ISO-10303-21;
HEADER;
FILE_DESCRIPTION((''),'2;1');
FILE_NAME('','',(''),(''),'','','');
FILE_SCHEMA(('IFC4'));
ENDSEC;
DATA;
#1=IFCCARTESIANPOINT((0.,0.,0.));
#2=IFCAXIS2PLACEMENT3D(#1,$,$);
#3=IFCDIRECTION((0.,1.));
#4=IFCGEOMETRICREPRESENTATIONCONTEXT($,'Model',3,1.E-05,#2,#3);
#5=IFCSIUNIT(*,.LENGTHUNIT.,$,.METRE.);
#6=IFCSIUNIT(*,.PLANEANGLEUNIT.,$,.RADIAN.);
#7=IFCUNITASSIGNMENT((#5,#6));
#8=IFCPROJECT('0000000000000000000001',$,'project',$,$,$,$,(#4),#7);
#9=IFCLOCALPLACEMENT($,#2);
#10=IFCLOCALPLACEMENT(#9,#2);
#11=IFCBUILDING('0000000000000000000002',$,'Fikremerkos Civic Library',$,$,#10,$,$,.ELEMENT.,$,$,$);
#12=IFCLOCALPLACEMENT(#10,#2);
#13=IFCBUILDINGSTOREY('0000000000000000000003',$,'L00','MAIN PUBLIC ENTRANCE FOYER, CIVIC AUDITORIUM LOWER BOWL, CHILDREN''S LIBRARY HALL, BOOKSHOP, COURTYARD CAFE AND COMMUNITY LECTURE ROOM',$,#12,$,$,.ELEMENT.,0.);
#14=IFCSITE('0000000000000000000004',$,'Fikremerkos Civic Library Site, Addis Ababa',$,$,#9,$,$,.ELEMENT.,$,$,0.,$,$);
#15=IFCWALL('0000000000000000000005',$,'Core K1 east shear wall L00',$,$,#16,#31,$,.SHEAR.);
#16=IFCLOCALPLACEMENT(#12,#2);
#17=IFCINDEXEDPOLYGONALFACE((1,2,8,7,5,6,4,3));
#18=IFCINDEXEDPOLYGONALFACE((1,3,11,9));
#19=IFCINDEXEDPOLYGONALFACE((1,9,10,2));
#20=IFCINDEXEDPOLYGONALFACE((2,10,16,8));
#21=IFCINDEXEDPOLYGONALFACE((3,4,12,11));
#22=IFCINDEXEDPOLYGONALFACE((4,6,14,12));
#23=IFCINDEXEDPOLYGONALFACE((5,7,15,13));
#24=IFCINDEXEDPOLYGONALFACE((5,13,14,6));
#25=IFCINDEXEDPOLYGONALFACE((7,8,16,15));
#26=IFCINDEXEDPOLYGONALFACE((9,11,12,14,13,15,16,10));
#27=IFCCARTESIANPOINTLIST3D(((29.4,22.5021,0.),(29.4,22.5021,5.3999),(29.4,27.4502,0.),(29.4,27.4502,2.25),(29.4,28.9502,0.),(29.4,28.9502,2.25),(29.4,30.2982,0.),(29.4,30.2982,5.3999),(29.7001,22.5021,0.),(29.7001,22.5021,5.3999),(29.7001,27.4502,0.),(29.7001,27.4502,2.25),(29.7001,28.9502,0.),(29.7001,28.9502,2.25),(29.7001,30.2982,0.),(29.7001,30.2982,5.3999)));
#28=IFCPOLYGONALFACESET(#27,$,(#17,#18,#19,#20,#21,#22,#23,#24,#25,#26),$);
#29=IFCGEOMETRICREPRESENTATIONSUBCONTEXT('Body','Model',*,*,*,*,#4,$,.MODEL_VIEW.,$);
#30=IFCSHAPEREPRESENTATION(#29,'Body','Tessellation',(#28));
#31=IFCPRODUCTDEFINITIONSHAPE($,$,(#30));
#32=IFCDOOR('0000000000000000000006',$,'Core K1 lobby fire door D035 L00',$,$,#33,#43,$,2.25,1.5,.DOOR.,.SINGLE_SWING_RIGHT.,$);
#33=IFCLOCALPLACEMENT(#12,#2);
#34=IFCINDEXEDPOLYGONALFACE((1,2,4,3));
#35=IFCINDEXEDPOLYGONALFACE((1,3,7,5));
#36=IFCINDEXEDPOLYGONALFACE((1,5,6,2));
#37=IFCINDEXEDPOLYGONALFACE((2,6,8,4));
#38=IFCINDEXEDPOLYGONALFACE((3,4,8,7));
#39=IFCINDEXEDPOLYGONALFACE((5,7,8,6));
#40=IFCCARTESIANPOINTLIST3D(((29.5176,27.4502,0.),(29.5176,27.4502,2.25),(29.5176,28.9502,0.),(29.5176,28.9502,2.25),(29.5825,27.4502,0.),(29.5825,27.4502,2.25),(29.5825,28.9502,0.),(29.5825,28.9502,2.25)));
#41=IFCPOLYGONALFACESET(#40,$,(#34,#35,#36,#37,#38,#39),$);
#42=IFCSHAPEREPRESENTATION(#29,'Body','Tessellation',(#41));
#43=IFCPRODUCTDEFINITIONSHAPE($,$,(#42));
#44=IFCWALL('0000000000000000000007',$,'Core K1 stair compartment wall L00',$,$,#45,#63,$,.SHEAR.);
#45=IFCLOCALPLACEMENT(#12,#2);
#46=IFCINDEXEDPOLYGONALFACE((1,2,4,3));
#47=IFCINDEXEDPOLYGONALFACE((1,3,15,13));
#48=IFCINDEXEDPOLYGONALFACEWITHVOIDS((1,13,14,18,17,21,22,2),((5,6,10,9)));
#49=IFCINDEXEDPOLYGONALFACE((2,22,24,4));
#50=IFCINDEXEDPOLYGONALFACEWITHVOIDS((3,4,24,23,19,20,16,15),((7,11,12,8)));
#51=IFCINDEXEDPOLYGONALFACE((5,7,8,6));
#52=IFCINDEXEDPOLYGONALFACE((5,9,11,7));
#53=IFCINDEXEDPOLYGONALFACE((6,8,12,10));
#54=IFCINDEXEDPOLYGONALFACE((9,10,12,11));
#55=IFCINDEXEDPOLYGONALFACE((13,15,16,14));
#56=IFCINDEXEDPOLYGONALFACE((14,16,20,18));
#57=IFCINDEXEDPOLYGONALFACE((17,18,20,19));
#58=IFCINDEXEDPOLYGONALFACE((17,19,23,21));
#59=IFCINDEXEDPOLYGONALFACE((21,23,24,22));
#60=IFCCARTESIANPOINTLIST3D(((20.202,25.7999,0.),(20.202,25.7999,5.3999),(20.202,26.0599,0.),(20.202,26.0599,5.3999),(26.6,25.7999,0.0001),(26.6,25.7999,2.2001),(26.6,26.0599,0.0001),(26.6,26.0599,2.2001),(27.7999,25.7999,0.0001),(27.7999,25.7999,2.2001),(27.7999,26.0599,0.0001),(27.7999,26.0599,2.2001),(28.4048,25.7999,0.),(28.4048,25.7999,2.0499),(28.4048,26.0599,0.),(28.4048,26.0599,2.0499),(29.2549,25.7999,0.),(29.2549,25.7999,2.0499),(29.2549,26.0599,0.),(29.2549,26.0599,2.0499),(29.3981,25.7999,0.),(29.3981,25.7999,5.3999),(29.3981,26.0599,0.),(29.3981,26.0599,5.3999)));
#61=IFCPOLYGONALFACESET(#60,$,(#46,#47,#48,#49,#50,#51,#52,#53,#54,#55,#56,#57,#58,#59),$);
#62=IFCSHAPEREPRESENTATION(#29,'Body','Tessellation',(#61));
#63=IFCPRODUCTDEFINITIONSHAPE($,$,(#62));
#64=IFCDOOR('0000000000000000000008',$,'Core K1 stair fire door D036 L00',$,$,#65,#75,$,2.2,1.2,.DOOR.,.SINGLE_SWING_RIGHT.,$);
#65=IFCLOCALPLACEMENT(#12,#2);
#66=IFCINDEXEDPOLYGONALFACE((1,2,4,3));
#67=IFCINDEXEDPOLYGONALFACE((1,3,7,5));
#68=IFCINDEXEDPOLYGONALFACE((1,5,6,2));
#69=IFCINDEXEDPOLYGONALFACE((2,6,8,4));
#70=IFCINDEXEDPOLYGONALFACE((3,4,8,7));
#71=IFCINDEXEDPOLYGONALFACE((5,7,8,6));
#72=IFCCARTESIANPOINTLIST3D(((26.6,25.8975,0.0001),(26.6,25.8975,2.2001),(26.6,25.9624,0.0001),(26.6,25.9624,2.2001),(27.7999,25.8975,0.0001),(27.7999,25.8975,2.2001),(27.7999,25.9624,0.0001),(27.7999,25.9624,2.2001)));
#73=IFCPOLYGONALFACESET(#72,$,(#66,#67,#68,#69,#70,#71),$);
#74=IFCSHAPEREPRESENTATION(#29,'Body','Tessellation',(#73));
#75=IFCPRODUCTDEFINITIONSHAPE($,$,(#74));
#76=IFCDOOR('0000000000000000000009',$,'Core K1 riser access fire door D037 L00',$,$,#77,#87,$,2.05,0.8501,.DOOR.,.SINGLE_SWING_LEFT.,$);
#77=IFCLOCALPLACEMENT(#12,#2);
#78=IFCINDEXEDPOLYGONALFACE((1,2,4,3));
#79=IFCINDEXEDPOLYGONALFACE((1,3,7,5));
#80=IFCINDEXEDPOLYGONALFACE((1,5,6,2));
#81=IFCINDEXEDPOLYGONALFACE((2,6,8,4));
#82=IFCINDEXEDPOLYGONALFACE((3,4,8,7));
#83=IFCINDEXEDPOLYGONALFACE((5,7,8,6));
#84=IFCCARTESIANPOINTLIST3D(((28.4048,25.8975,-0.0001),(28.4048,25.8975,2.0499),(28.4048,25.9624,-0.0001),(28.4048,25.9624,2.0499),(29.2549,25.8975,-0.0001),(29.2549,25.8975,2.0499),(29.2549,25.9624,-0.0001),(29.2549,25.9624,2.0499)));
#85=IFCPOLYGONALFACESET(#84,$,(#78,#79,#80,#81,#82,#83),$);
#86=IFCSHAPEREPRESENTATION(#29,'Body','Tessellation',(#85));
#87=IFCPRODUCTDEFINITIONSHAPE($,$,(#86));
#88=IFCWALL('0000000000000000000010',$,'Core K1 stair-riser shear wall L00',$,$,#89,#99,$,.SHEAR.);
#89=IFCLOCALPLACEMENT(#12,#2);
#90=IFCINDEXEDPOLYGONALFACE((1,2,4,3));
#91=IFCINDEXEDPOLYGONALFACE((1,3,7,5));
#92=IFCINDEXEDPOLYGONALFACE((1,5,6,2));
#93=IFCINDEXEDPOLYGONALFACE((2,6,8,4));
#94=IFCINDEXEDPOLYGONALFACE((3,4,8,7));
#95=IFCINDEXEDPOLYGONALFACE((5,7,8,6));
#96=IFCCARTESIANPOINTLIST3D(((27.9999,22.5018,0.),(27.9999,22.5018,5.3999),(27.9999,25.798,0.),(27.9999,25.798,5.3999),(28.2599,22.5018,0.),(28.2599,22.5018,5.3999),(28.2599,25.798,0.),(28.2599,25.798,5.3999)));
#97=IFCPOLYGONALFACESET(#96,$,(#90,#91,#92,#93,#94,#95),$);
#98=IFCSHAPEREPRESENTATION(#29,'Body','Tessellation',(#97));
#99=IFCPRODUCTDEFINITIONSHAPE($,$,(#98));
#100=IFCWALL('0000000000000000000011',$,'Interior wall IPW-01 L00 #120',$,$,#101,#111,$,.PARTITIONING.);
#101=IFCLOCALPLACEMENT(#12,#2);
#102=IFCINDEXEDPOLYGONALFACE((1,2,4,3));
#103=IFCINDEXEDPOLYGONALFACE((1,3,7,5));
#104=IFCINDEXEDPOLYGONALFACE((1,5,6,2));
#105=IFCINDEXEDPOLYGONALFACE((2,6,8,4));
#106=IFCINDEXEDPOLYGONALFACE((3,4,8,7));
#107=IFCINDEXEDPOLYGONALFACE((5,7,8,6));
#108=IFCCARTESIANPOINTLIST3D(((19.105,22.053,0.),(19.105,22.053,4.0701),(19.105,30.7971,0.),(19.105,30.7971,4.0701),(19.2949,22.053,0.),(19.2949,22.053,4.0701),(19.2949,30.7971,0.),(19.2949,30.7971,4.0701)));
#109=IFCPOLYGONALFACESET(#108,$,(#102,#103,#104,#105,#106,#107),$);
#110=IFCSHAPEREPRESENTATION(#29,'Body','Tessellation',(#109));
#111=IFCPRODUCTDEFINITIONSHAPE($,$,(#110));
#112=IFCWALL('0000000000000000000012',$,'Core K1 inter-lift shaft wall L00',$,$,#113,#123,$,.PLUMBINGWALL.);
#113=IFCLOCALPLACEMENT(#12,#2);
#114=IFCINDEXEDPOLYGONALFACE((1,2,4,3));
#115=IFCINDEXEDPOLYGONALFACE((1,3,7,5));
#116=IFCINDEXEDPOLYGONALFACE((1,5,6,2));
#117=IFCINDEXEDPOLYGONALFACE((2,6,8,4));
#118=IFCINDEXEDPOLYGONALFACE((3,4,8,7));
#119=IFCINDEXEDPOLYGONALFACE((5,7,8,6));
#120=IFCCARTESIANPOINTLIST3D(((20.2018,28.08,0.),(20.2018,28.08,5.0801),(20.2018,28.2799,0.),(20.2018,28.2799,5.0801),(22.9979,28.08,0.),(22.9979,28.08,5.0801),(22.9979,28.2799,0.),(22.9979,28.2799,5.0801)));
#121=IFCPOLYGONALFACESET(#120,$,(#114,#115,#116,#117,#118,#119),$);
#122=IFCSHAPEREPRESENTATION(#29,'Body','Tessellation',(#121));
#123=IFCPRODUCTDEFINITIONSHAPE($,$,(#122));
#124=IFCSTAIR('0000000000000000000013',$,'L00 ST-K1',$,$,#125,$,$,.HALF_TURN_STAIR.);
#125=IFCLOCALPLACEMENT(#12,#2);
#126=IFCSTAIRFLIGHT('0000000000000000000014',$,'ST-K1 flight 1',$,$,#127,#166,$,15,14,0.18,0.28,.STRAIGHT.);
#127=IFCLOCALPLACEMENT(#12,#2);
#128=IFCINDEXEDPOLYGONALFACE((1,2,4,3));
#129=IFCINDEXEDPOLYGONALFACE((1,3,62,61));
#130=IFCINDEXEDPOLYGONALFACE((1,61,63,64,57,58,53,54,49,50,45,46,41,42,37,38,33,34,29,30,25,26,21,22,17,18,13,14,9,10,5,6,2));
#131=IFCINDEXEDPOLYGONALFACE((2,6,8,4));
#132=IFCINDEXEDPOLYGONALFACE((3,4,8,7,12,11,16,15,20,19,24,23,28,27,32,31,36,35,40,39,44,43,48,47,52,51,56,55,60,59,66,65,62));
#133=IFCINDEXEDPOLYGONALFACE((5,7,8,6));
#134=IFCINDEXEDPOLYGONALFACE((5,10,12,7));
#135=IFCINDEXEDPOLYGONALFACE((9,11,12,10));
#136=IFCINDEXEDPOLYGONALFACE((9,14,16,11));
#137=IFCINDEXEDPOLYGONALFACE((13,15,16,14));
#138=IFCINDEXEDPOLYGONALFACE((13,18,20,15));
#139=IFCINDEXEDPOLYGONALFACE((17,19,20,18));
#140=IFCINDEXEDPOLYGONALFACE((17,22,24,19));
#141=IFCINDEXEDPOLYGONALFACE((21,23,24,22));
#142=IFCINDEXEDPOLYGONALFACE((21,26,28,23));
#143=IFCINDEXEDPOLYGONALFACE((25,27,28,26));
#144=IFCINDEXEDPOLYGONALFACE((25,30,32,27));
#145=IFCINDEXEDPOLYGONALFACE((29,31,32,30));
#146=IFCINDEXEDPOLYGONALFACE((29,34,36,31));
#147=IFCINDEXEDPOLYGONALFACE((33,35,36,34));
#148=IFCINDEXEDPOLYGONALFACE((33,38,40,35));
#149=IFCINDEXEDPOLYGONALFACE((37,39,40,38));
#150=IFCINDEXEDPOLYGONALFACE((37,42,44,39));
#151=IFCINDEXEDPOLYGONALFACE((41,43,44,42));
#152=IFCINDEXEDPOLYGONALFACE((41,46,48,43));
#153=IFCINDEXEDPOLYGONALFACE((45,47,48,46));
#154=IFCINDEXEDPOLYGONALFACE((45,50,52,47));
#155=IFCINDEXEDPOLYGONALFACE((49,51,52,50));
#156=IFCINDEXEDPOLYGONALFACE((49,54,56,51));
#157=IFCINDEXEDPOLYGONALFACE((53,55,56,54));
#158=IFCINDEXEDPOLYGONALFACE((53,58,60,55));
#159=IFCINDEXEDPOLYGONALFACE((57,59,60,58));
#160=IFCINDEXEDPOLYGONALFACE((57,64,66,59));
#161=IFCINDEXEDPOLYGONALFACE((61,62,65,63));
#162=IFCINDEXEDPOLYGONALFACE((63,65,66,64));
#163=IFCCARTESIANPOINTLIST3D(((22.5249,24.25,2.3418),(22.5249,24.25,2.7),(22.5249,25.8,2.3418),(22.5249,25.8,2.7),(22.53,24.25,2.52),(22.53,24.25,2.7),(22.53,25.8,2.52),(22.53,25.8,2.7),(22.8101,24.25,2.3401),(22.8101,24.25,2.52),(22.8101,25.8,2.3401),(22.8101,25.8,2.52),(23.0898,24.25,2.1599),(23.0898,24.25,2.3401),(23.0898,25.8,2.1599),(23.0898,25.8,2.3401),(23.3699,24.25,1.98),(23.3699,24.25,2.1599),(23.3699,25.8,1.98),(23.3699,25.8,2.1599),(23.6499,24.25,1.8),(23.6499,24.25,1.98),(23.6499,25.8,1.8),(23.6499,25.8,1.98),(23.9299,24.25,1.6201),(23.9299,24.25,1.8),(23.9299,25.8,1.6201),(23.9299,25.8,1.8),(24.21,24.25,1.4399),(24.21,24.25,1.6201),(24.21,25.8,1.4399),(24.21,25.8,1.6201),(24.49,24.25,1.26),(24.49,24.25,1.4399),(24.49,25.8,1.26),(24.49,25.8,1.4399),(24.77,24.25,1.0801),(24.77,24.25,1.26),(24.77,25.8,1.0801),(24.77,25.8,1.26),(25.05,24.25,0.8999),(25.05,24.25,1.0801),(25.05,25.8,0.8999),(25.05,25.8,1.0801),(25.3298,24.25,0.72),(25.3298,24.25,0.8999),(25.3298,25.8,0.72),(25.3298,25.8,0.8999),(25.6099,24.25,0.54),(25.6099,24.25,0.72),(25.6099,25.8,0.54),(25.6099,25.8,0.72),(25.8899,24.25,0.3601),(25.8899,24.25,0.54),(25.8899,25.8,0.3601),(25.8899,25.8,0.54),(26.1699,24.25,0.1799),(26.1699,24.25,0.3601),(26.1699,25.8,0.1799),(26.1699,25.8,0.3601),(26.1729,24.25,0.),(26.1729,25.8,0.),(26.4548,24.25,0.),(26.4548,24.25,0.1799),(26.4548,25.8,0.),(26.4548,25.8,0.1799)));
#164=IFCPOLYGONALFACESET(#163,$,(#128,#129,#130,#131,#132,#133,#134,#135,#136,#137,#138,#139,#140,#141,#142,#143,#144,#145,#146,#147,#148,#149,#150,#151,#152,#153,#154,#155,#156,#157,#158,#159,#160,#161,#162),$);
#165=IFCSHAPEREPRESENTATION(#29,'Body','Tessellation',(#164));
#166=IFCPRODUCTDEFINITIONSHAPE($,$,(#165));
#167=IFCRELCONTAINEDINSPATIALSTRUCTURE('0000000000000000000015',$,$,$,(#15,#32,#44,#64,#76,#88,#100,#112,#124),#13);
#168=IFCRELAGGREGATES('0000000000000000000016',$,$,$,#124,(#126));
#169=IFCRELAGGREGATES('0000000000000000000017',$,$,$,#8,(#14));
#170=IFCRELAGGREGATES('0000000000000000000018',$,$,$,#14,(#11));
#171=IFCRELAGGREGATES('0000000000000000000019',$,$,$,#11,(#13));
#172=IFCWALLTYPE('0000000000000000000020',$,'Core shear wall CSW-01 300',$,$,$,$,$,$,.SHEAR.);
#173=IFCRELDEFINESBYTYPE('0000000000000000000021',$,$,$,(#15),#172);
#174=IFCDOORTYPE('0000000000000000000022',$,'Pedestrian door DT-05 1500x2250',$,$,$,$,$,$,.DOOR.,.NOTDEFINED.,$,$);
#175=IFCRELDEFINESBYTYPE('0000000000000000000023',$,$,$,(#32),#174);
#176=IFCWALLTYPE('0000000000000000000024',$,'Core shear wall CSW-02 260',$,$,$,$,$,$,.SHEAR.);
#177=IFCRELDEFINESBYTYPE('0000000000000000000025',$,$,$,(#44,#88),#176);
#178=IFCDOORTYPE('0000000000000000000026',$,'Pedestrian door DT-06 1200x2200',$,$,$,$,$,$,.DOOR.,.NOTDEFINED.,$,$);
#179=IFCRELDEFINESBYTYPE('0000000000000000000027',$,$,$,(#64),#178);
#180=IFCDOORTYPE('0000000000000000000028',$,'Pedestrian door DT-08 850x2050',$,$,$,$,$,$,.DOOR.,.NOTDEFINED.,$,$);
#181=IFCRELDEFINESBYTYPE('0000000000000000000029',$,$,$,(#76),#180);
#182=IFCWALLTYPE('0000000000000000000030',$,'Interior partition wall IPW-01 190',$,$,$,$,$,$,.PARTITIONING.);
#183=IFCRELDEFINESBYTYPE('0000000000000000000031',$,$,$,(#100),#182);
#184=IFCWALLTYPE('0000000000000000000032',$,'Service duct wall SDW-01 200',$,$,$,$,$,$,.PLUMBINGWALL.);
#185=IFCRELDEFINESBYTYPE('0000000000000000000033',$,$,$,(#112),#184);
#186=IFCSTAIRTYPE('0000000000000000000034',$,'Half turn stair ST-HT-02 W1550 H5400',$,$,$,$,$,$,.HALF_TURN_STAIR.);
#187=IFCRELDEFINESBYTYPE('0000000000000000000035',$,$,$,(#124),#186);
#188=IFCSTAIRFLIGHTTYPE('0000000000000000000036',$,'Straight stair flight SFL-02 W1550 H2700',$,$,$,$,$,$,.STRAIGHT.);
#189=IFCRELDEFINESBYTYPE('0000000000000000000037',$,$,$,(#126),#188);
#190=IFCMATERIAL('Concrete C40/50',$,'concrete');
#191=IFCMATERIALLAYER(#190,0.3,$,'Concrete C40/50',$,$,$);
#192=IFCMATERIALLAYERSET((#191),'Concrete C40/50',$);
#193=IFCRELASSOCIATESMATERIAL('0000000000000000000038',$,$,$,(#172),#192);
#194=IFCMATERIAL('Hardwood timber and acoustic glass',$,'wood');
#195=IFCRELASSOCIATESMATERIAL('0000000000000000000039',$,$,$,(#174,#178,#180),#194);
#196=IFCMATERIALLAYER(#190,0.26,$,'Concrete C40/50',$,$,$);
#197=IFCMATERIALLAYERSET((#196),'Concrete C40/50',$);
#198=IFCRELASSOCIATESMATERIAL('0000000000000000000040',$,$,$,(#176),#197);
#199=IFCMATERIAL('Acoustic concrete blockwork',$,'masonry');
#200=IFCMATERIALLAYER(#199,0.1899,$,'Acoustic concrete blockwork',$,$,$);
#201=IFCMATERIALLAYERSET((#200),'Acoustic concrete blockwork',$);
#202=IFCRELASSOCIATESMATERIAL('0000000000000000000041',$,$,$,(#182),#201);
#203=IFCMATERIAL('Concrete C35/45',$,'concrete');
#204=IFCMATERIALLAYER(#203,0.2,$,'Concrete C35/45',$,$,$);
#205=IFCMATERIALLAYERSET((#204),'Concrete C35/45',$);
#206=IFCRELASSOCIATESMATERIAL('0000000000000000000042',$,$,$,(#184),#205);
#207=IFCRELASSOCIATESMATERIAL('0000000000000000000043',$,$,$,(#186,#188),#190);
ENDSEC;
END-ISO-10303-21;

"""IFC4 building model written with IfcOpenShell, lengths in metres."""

from ifc_helpers import new_model, si_unit, direction, frame, frame_2d, origin, place, context, subcontext, project, spatial, polyline, rectangle, outline, extrude, material, layer, layer_set, type_object, element, fill, aggregate, save


model = new_model("IFC4")

# Units and contexts
model_context = context("Model", 3, precision=1e-05, world=origin(), true_north=direction((0.0, 1.0)))
body_context = subcontext(model_context, "Body", "Model", "MODEL_VIEW")
ifc_project = project(units=[si_unit("LENGTHUNIT", "METRE"), si_unit("PLANEANGLEUNIT", "RADIAN")], contexts=[model_context])

# Site, building, storey
site_placement = place(None, origin())
site = spatial("IfcSite", under=ifc_project, at=site_placement, Name="Fikremerkos Civic Library Site, Addis Ababa", CompositionType="ELEMENT", RefElevation=0.0)
building_placement = place(site_placement, origin())
building = spatial("IfcBuilding", under=site, at=building_placement, Name="Fikremerkos Civic Library", CompositionType="ELEMENT")
storey_placement = place(building_placement, origin())
storey = spatial("IfcBuildingStorey", under=building, at=storey_placement, Name="L00", Description="MAIN PUBLIC ENTRANCE FOYER, CIVIC AUDITORIUM LOWER BOWL, CHILDREN'S LIBRARY HALL, BOOKSHOP, COURTYARD CAFE AND COMMUNITY LECTURE ROOM", CompositionType="ELEMENT", Elevation=0.0)

# Shared definitions
ifc_material_1 = material(Name="Concrete C40/50", Category="concrete")

# Shared definitions
ifc_layer_1 = layer(ifc_material_1, 0.3, Name="Concrete C40/50")
ifc_layer_set_1 = layer_set([ifc_layer_1], Name="Concrete C40/50")
wall_type_1 = type_object("IfcWallType", Name="Core shear wall CSW-01 300", PredefinedType="SHEAR", material=ifc_layer_set_1)

# Wall, opening, door
wall_1_placement = place(storey_placement, frame((29.55, 30.2981, 0.0), z_axis=(0.0, 0.0, 1.0), x_axis=(0.0, -1.0, 0.0)))
wall_1 = element("IfcWall", 1, at=wall_1_placement, inside=storey, type_object=wall_type_1, Name="Core K1 east shear wall L00", PredefinedType="SHEAR", context=body_context, shape_type="SweptSolid", body=[
    extrude(rectangle(XDim=7.7961, YDim=0.3, at=frame_2d((3.8979, 0.0))), origin(), (0.0, 0.0, 1.0), 5.3999),
])
opening_1_placement = place(wall_1_placement, frame((1.3479, 0.0, 0.0)))
opening_1 = element("IfcOpeningElement", 2, at=opening_1_placement, cuts=wall_1, PredefinedType="OPENING", context=body_context, shape_type="SweptSolid", body=[
    extrude(rectangle(XDim=1.5, YDim=2.25, at=frame_2d((0.75, 1.125))), frame((0.0, 0.1599, 0.0), z_axis=(0.0, -1.0, 0.0), x_axis=(1.0, 0.0, 0.0)), (0.0, 0.0, 1.0), 0.3201),
])
ifc_material_2 = material(Name="Hardwood timber and acoustic glass", Category="wood")
door_type_1 = type_object("IfcDoorType", Name="Pedestrian door DT-05 1500x2250", OperationType="NOTDEFINED", PredefinedType="DOOR", material=ifc_material_2)
door_1_placement = place(opening_1_placement, origin())
door_1 = element("IfcDoor", 3, at=door_1_placement, inside=storey, type_object=door_type_1, Name="Core K1 lobby fire door D035 L00", OperationType="SINGLE_SWING_RIGHT", OverallHeight=2.25, OverallWidth=1.5, PredefinedType="DOOR", context=body_context, shape_type="SweptSolid", body=[
    extrude(rectangle(XDim=1.5, YDim=2.25, at=frame_2d((0.75, 1.125))), frame((0.0, 0.0325, 0.0), z_axis=(0.0, -1.0, 0.0), x_axis=(1.0, 0.0, 0.0)), (0.0, 0.0, 1.0), 0.0649),
])
fill(opening_1, door_1)

# Wall, openings, doors
ifc_layer_2 = layer(ifc_material_1, 0.26, Name="Concrete C40/50")
ifc_layer_set_2 = layer_set([ifc_layer_2], Name="Concrete C40/50")
wall_type_2 = type_object("IfcWallType", Name="Core shear wall CSW-02 260", PredefinedType="SHEAR", material=ifc_layer_set_2)
wall_2_placement = place(storey_placement, frame((20.2019, 25.9299, 0.0), z_axis=(0.0, 0.0, 1.0), x_axis=(1.0, 0.0, 0.0)))
wall_2 = element("IfcWall", 4, at=wall_2_placement, inside=storey, type_object=wall_type_2, Name="Core K1 stair compartment wall L00", PredefinedType="SHEAR", context=body_context, shape_type="SweptSolid", body=[
    extrude(rectangle(XDim=9.196, YDim=0.26, at=frame_2d((4.5981, 0.0))), origin(), (0.0, 0.0, 1.0), 5.3999),
])
opening_2_placement = place(wall_2_placement, frame((6.3979, 0.0, 0.0)))
opening_2 = element("IfcOpeningElement", 5, at=opening_2_placement, cuts=wall_2, PredefinedType="OPENING", context=body_context, shape_type="SweptSolid", body=[
    extrude(rectangle(XDim=1.2, YDim=2.2, at=frame_2d((0.6001, 1.1001))), frame((0.0, 0.1399, 0.0), z_axis=(0.0, -1.0, 0.0), x_axis=(1.0, 0.0, 0.0)), (0.0, 0.0, 1.0), 0.28),
])
opening_3_placement = place(wall_2_placement, frame((8.2029, 0.0, 0.0)))
opening_3 = element("IfcOpeningElement", 6, at=opening_3_placement, cuts=wall_2, PredefinedType="OPENING", context=body_context, shape_type="SweptSolid", body=[
    extrude(rectangle(XDim=0.8501, YDim=2.05, at=frame_2d((0.425, 1.0249))), frame((0.0, 0.1399, 0.0), z_axis=(0.0, -1.0, 0.0), x_axis=(1.0, 0.0, 0.0)), (0.0, 0.0, 1.0), 0.28),
])
door_type_2 = type_object("IfcDoorType", Name="Pedestrian door DT-06 1200x2200", OperationType="NOTDEFINED", PredefinedType="DOOR", material=ifc_material_2)
door_2_placement = place(opening_2_placement, origin())
door_2 = element("IfcDoor", 7, at=door_2_placement, inside=storey, type_object=door_type_2, Name="Core K1 stair fire door D036 L00", OperationType="SINGLE_SWING_RIGHT", OverallHeight=2.2, OverallWidth=1.2, PredefinedType="DOOR", context=body_context, shape_type="SweptSolid", body=[
    extrude(rectangle(XDim=1.2, YDim=2.2, at=frame_2d((0.6001, 1.1001))), frame((0.0, 0.0325, 0.0), z_axis=(0.0, -1.0, 0.0), x_axis=(1.0, 0.0, 0.0)), (0.0, 0.0, 1.0), 0.0649),
])
fill(opening_2, door_2)
door_type_3 = type_object("IfcDoorType", Name="Pedestrian door DT-08 850x2050", OperationType="NOTDEFINED", PredefinedType="DOOR", material=ifc_material_2)
door_3_placement = place(opening_3_placement, origin())
door_3 = element("IfcDoor", 8, at=door_3_placement, inside=storey, type_object=door_type_3, Name="Core K1 riser access fire door D037 L00", OperationType="SINGLE_SWING_LEFT", OverallHeight=2.05, OverallWidth=0.8501, PredefinedType="DOOR", context=body_context, shape_type="SweptSolid", body=[
    extrude(rectangle(XDim=0.8501, YDim=2.05, at=frame_2d((0.425, 1.0249))), frame((0.0, 0.0325, 0.0), z_axis=(0.0, -1.0, 0.0), x_axis=(1.0, 0.0, 0.0)), (0.0, 0.0, 1.0), 0.0649),
])
fill(opening_3, door_3)

# Wall
wall_3_placement = place(storey_placement, frame((28.1299, 22.502, 0.0), z_axis=(0.0, 0.0, 1.0), x_axis=(0.0, 1.0, 0.0)))
element("IfcWall", 9, at=wall_3_placement, inside=storey, type_object=wall_type_2, Name="Core K1 stair-riser shear wall L00", PredefinedType="SHEAR", context=body_context, shape_type="SweptSolid", body=[
    extrude(rectangle(XDim=3.2961, YDim=0.26, at=frame_2d((1.6479, 0.0))), origin(), (0.0, 0.0, 1.0), 5.3999),
])

# Walls
ifc_material_3 = material(Name="Acoustic concrete blockwork", Category="masonry")
ifc_layer_3 = layer(ifc_material_3, 0.1899, Name="Acoustic concrete blockwork")
ifc_layer_set_3 = layer_set([ifc_layer_3], Name="Acoustic concrete blockwork")
wall_type_3 = type_object("IfcWallType", Name="Interior partition wall IPW-01 190", PredefinedType="PARTITIONING", material=ifc_layer_set_3)
wall_4_placement = place(storey_placement, frame((19.2, 22.053, 0.0), z_axis=(0.0, 0.0, 1.0), x_axis=(0.0, 1.0, 0.0)))
element("IfcWall", 10, at=wall_4_placement, inside=storey, type_object=wall_type_3, Name="Interior wall IPW-01 L00 #120", PredefinedType="PARTITIONING", context=body_context, shape_type="SweptSolid", body=[
    extrude(rectangle(XDim=8.7441, YDim=0.1899, at=frame_2d((4.3721, 0.0))), origin(), (0.0, 0.0, 1.0), 4.0701),
])
ifc_material_4 = material(Name="Concrete C35/45", Category="concrete")
ifc_layer_4 = layer(ifc_material_4, 0.2, Name="Concrete C35/45")
ifc_layer_set_4 = layer_set([ifc_layer_4], Name="Concrete C35/45")
wall_type_4 = type_object("IfcWallType", Name="Service duct wall SDW-01 200", PredefinedType="PLUMBINGWALL", material=ifc_layer_set_4)
wall_5_placement = place(storey_placement, frame((20.2019, 28.1799, 0.0), z_axis=(0.0, 0.0, 1.0), x_axis=(1.0, 0.0, 0.0)))
element("IfcWall", 11, at=wall_5_placement, inside=storey, type_object=wall_type_4, Name="Core K1 inter-lift shaft wall L00", PredefinedType="PLUMBINGWALL", context=body_context, shape_type="SweptSolid", body=[
    extrude(rectangle(XDim=2.7961, YDim=0.2, at=frame_2d((1.3979, 0.0))), origin(), (0.0, 0.0, 1.0), 5.0801),
])

# Stair, stair flight
stair_type = type_object("IfcStairType", Name="Half turn stair ST-HT-02 W1550 H5400", PredefinedType="HALF_TURN_STAIR", material=ifc_material_1)
stair_placement = place(storey_placement, origin())
stair = element("IfcStair", 12, at=stair_placement, inside=storey, type_object=stair_type, Name="L00 ST-K1", PredefinedType="HALF_TURN_STAIR")
stair_flight_type = type_object("IfcStairFlightType", Name="Straight stair flight SFL-02 W1550 H2700", PredefinedType="STRAIGHT", material=ifc_material_1)
stair_flight_1_placement = place(storey_placement, frame((26.45, 25.0249, 0.0), z_axis=(0.0, 0.0, 1.0), x_axis=(-1.0, 0.0, 0.0)))
stair_flight_1 = element("IfcStairFlight", 13, at=stair_flight_1_placement, type_object=stair_flight_type, Name="ST-K1 flight 1", NumberOfRisers=15, NumberOfTreads=14, PredefinedType="STRAIGHT", RiserHeight=0.18, TreadLength=0.28, context=body_context, shape_type="SweptSolid", body=[
    extrude(outline(polyline([(-0.0049, 0.0), (-0.0049, 0.1799), (0.28, 0.1799), (0.28, 0.3601), (0.5601, 0.3601), (0.5601, 0.54), (0.8401, 0.54), (0.8401, 0.72), (1.1201, 0.72), (1.1201, 0.8999), (1.3999, 0.8999), (1.3999, 1.0801), (1.6799, 1.0801), (1.6799, 1.26), (1.96, 1.26), (1.96, 1.4399), (2.24, 1.4399), (2.24, 1.6201), (2.52, 1.6201), (2.52, 1.8), (2.8, 1.8), (2.8, 1.98), (3.0801, 1.98), (3.0801, 2.1599), (3.3601, 2.1599), (3.3601, 2.3401), (3.6399, 2.3401), (3.6399, 2.52), (3.9199, 2.52), (3.9199, 2.7), (3.925, 2.7), (3.925, 2.3418), (0.2771, 0.0), (-0.0049, 0.0)])), frame((0.0, 0.7749, 0.0), z_axis=(0.0, -1.0, 0.0), x_axis=(1.0, 0.0, 0.0)), (0.0, 0.0, 1.0), 1.55),
])
aggregate(stair, [stair_flight_1])

save(model, "model.ifc")
